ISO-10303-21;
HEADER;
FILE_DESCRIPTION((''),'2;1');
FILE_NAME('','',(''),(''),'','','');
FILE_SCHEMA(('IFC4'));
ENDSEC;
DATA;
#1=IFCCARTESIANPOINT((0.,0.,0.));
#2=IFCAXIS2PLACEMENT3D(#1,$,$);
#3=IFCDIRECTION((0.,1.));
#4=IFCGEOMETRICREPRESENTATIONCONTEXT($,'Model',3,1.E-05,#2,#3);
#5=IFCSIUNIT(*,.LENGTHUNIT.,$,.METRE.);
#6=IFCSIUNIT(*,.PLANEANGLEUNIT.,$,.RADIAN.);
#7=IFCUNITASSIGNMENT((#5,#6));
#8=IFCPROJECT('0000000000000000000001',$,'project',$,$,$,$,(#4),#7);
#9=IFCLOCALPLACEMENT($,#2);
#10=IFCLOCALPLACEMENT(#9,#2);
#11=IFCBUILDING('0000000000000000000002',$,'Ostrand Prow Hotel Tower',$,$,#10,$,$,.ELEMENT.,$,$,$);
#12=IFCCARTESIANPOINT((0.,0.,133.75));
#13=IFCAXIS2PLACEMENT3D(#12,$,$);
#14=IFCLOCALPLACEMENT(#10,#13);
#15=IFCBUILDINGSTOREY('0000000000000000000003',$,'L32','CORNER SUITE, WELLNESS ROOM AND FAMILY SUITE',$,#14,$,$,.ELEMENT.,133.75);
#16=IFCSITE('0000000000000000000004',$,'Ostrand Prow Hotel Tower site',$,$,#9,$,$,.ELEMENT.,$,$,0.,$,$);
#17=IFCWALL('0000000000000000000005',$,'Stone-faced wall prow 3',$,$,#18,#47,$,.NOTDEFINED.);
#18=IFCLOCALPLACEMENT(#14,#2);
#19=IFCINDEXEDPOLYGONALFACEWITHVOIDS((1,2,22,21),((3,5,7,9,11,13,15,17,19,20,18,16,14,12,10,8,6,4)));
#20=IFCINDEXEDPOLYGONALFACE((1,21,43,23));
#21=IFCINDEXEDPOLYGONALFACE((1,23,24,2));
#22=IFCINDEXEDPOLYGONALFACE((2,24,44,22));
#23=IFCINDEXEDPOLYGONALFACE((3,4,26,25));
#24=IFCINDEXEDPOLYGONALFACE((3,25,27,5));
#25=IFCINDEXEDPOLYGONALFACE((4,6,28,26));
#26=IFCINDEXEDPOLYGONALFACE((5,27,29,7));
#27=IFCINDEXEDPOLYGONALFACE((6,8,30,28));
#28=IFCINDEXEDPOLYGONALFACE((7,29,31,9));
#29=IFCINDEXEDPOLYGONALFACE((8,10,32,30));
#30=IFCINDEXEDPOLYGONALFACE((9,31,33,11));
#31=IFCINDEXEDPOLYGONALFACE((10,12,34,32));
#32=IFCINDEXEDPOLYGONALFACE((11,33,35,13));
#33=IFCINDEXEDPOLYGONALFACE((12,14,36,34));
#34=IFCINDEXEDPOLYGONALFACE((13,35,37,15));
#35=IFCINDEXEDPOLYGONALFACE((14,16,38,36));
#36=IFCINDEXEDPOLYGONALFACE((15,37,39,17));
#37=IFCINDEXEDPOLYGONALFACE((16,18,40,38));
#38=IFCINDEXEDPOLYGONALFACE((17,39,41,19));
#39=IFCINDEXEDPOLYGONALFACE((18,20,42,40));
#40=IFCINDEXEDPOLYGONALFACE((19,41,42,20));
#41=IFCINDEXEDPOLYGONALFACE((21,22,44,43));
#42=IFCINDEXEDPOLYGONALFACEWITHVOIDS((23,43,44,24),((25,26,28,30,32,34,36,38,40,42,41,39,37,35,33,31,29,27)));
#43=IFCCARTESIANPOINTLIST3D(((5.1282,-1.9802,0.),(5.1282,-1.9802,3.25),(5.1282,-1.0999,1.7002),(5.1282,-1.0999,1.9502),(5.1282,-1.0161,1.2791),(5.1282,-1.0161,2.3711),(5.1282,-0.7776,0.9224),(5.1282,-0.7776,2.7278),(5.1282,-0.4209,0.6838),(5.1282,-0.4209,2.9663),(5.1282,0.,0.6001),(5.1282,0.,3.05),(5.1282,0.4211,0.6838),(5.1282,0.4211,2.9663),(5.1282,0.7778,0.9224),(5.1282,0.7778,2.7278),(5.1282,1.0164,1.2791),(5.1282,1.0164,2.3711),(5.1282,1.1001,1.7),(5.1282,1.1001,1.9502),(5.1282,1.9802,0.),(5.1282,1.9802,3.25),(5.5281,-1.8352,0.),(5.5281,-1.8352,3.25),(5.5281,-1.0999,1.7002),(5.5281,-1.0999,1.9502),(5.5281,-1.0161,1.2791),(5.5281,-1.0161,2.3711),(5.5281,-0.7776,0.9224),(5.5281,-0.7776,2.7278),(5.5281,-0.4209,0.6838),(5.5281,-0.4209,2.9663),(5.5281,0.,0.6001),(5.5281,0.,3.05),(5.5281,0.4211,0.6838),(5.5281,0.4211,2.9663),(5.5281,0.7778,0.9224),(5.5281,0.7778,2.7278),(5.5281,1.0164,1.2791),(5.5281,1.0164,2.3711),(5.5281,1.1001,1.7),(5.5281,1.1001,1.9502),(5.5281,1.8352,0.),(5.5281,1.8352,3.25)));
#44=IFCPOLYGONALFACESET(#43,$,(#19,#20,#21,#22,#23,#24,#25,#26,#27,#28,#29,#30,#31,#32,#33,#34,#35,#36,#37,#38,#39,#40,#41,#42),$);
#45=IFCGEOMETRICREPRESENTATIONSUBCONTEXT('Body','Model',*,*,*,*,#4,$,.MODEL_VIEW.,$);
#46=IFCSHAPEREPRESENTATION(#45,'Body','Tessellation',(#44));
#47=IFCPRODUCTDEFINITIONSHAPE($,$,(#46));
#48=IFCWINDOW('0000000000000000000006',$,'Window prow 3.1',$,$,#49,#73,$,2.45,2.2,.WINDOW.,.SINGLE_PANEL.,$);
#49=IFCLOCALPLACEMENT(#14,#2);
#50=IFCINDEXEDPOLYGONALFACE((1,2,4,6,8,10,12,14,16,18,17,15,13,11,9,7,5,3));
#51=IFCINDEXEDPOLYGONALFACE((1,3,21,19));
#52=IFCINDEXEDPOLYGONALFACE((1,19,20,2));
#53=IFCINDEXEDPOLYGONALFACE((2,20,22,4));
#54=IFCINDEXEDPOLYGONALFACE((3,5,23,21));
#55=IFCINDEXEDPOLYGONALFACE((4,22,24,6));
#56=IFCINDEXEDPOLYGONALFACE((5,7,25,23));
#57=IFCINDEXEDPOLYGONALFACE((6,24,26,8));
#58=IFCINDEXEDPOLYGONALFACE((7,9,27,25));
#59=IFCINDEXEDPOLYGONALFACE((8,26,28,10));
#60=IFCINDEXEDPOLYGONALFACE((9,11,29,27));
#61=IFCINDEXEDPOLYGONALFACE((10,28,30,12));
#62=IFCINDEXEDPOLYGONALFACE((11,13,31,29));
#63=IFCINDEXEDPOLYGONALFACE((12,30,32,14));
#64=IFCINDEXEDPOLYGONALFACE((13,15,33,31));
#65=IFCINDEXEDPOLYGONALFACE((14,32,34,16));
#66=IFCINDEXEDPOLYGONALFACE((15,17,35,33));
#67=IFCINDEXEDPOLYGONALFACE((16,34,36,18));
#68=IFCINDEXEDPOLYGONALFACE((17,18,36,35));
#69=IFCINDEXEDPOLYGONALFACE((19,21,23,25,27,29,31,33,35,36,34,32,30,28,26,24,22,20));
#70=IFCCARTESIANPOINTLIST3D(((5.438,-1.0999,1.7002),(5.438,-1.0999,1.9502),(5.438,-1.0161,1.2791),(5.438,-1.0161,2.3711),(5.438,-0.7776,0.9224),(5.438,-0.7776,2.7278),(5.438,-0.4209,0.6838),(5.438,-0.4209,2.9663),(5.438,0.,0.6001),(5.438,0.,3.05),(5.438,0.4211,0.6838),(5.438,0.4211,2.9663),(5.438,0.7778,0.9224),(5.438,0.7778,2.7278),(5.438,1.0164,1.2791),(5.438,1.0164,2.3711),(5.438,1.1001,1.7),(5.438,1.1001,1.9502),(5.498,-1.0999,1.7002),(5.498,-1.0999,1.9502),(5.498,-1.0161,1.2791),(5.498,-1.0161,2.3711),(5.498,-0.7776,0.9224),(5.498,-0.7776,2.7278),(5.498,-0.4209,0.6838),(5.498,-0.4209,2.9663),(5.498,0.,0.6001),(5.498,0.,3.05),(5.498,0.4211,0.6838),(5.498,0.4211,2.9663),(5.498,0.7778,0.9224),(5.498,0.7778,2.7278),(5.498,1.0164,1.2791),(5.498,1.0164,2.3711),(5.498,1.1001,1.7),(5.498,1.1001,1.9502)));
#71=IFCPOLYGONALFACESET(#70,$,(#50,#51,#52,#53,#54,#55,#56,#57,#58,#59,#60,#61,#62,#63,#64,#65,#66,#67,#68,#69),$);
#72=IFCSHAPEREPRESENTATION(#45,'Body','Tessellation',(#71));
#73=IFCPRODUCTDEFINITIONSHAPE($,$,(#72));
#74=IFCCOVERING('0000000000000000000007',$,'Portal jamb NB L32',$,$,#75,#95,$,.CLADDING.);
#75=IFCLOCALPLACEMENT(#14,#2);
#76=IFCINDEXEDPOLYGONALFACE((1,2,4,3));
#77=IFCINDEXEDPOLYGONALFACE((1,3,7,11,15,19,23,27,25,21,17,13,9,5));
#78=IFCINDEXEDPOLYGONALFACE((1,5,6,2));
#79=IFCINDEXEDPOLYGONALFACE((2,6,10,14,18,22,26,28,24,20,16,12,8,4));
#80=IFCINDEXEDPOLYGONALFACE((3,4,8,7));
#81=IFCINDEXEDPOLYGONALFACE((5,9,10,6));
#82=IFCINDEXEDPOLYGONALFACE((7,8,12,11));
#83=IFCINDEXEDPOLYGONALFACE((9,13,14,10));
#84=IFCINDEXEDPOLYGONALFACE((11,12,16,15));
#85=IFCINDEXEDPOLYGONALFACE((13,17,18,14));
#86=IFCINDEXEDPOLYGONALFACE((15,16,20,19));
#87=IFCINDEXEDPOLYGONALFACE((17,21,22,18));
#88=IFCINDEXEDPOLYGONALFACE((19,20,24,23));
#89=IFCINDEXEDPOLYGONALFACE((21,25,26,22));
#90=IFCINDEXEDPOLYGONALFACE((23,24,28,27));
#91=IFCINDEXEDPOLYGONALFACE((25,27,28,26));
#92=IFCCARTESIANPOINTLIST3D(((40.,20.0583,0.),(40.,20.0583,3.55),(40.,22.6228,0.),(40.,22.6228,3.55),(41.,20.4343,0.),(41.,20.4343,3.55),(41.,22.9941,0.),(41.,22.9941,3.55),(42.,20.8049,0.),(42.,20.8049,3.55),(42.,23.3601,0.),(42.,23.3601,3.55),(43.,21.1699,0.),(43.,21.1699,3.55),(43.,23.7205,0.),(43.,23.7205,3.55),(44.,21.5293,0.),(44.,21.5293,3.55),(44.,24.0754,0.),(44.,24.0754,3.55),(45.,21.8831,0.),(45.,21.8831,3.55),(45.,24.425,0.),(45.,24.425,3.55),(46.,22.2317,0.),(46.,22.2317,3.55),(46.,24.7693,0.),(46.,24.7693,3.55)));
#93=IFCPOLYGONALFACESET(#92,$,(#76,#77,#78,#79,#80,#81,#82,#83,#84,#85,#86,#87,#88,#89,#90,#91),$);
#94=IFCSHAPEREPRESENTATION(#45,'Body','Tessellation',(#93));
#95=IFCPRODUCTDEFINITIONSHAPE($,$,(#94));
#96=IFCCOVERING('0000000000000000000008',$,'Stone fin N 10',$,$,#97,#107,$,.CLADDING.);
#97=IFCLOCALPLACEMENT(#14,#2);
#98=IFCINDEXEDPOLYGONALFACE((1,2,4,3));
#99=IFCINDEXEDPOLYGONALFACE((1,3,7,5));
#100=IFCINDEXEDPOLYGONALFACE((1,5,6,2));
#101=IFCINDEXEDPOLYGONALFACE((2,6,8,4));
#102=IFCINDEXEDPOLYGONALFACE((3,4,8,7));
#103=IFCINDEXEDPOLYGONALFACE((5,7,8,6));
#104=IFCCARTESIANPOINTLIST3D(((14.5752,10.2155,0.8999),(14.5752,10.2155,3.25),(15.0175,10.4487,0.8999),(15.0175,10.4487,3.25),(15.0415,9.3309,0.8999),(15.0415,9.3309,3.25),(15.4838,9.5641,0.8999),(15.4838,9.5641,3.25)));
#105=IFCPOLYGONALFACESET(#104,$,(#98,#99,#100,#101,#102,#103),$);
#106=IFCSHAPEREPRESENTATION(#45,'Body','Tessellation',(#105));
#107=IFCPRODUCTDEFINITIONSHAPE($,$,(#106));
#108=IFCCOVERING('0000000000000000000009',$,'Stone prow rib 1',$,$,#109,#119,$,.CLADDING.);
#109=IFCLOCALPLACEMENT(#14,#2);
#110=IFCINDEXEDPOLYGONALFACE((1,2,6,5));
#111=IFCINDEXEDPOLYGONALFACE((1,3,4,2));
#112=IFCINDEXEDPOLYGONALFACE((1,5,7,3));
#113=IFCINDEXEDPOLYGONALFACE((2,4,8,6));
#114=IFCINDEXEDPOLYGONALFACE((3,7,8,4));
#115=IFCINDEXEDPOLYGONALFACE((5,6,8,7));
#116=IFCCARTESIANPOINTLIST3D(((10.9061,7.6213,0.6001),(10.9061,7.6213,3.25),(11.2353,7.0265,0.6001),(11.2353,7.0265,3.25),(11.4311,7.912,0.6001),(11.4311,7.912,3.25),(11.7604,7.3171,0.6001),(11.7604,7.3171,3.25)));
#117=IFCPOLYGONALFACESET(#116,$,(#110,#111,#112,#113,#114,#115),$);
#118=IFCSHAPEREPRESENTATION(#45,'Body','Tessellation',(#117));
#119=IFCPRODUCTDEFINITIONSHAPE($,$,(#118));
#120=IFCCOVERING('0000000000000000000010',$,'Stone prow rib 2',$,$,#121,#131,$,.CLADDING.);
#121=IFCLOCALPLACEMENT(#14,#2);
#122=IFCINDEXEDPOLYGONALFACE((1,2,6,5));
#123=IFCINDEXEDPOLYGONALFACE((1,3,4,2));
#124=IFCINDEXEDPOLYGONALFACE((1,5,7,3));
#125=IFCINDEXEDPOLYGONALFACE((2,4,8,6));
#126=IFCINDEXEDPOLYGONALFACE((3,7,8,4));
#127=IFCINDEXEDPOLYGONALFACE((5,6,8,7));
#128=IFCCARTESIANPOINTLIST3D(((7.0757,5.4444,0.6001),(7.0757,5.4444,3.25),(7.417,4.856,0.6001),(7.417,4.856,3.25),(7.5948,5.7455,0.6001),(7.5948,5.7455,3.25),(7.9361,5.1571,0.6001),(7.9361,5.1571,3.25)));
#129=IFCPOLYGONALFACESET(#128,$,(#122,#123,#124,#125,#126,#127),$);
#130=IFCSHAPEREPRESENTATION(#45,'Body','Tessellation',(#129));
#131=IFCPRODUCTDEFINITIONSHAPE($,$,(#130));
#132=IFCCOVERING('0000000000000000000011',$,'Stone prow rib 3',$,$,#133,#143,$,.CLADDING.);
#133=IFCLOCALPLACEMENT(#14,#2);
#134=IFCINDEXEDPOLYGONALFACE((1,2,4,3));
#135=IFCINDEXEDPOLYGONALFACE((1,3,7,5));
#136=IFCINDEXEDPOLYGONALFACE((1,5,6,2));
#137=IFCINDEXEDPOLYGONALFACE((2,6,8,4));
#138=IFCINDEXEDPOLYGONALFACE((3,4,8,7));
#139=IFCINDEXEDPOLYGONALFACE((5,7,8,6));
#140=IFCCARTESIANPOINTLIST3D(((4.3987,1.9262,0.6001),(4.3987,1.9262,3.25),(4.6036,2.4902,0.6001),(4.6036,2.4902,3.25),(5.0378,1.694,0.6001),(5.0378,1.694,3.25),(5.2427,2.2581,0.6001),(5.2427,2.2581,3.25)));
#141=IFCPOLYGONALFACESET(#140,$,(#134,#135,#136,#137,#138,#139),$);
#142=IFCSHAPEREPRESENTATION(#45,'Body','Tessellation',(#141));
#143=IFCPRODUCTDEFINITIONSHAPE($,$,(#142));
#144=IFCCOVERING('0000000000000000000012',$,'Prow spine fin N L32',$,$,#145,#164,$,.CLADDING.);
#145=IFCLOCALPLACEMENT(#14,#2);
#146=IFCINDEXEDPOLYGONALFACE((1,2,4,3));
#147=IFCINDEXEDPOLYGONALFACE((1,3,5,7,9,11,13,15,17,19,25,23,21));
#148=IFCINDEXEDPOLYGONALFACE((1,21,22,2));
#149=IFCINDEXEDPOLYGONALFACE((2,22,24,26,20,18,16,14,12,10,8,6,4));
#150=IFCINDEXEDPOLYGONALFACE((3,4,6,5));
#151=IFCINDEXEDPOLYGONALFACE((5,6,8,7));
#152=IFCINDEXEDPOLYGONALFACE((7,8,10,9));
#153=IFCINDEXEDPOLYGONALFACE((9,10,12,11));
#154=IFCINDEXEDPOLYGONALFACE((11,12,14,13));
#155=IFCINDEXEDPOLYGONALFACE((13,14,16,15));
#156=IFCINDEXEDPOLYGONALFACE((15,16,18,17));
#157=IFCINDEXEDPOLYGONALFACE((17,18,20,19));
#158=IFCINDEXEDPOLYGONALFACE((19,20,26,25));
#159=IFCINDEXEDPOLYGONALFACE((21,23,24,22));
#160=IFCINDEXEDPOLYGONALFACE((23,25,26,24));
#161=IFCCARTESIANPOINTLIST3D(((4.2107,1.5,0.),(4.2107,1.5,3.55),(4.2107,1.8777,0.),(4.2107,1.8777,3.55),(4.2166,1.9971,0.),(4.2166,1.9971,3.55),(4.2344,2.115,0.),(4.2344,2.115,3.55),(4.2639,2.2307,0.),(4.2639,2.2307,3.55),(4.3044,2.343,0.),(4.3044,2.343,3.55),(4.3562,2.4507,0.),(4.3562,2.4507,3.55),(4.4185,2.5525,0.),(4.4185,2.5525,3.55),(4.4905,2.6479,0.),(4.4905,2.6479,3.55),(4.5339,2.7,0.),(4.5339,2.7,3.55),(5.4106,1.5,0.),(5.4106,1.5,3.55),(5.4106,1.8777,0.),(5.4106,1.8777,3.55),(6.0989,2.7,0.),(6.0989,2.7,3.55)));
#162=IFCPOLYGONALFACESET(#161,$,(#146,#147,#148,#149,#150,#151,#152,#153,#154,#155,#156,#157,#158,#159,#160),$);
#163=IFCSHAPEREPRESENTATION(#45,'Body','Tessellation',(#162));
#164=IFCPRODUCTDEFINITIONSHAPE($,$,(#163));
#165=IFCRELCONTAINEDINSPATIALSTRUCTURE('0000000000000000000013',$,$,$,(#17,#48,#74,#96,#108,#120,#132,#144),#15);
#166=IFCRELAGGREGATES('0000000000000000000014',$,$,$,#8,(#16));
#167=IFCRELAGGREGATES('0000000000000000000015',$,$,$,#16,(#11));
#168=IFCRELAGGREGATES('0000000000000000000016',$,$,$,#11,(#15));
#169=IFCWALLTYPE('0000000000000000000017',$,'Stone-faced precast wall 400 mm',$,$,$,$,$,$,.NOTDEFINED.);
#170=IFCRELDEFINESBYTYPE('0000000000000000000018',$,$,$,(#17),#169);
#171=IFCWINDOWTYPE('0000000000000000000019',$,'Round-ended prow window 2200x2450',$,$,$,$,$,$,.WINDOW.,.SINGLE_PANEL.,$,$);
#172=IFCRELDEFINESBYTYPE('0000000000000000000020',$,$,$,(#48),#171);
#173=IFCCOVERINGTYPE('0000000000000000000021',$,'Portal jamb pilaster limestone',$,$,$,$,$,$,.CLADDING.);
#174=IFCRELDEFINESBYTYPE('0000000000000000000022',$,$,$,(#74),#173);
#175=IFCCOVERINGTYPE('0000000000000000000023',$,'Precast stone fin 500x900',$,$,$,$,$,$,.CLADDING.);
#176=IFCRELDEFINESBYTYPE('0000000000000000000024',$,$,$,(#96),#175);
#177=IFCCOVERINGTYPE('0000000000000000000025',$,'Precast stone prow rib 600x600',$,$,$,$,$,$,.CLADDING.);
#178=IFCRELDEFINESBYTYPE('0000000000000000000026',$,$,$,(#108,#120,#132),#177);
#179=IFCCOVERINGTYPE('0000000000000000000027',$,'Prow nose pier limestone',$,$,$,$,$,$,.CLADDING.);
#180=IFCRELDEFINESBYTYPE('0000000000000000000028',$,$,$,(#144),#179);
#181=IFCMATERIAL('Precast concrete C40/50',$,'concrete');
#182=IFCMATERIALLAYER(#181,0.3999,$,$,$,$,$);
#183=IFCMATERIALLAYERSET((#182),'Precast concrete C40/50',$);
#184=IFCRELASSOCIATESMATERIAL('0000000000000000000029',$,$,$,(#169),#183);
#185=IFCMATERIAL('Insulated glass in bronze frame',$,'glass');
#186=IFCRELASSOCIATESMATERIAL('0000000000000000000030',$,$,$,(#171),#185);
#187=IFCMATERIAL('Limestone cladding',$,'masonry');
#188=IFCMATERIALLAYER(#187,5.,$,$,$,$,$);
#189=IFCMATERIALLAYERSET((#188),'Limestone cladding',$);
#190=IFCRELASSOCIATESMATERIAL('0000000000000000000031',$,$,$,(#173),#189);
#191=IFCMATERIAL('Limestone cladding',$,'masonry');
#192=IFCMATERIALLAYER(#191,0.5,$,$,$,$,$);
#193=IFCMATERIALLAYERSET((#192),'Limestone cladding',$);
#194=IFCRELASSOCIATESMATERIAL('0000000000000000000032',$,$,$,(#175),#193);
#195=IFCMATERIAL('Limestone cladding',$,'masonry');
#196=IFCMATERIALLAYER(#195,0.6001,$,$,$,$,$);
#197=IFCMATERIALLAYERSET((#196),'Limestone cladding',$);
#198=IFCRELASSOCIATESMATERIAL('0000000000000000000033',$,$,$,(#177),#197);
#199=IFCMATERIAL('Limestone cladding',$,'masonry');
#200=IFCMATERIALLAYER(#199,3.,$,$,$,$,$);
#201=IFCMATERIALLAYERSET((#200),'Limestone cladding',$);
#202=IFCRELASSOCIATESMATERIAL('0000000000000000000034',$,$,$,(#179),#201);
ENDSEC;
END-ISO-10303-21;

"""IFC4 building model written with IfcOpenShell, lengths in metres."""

from ifc_helpers import new_model, si_unit, direction, frame, frame_2d, origin, place, context, subcontext, project, spatial, polyline, rectangle, outline, extrude, material, layer, layer_set, type_object, element, fill, save


model = new_model("IFC4")

# Units and contexts
model_context = context("Model", 3, precision=1e-05, world=origin(), true_north=direction((0.0, 1.0)))
body_context = subcontext(model_context, "Body", "Model", "MODEL_VIEW")
ifc_project = project(units=[si_unit("LENGTHUNIT", "METRE"), si_unit("PLANEANGLEUNIT", "RADIAN")], contexts=[model_context])

# Site, building, storey
site_placement = place(None, origin())
site = spatial("IfcSite", under=ifc_project, at=site_placement, Name="Ostrand Prow Hotel Tower site", CompositionType="ELEMENT", RefElevation=0.0)
building_placement = place(site_placement, origin())
building = spatial("IfcBuilding", under=site, at=building_placement, Name="Ostrand Prow Hotel Tower", CompositionType="ELEMENT")
storey_placement = place(building_placement, frame((0.0, 0.0, 133.75)))
storey = spatial("IfcBuildingStorey", under=building, at=storey_placement, Name="L32", Description="CORNER SUITE, WELLNESS ROOM AND FAMILY SUITE", CompositionType="ELEMENT", Elevation=133.75)

# Wall, opening, window
ifc_material_1 = material(Name="Precast concrete C40/50", Category="concrete")
ifc_layer_1 = layer(ifc_material_1, 0.3999)
ifc_layer_set_1 = layer_set([ifc_layer_1], Name="Precast concrete C40/50")
wall_type_1 = type_object("IfcWallType", Name="Stone-faced precast wall 400 mm", PredefinedType="NOTDEFINED", material=ifc_layer_set_1)
ifc_material_2 = material(Name="Insulated glass in bronze frame", Category="glass")
window_type = type_object("IfcWindowType", Name="Round-ended prow window 2200x2450", PartitioningType="SINGLE_PANEL", PredefinedType="WINDOW", material=ifc_material_2)
wall_1_placement = place(storey_placement, frame((5.3281, 1.9077, 0.0), z_axis=(0.0, 0.0, 1.0), x_axis=(0.0, -1.0, 0.0)))
wall_1 = element("IfcWall", 1, at=wall_1_placement, inside=storey, type_object=wall_type_1, Name="Stone-faced wall prow 3", PredefinedType="NOTDEFINED", context=body_context, shape_type="SweptSolid", body=[
    extrude(outline(polyline([(-0.0725, -0.2), (3.8879, -0.2), (3.7429, 0.2), (0.0725, 0.2), (-0.0725, -0.2)])), origin(), (0.0, 0.0, 1.0), 3.25),
])
opening_1_placement = place(wall_1_placement, frame((0.8076, 0.0, 0.6001)))
opening_1 = element("IfcOpeningElement", 2, at=opening_1_placement, cuts=wall_1, PredefinedType="OPENING", context=body_context, shape_type="SweptSolid", body=[
    extrude(outline(polyline([(0.0, 1.3501), (0.0837, 1.771), (0.3223, 2.1277), (0.679, 2.3662), (1.1001, 2.45), (1.521, 2.3662), (1.8777, 2.1277), (2.1162, 1.771), (2.2, 1.3501), (2.2, 1.1001), (2.1162, 0.679), (1.8777, 0.3223), (1.521, 0.0837), (1.1001, 0.0), (0.679, 0.0837), (0.3223, 0.3223), (0.0837, 0.679), (0.0, 1.0999), (0.0, 1.3501)])), frame((0.0, 0.21, 0.0), z_axis=(0.0, -1.0, 0.0), x_axis=(1.0, 0.0, 0.0)), (0.0, 0.0, 1.0), 0.4199),
])
window_1_placement = place(opening_1_placement, origin())
window_1 = element("IfcWindow", 3, at=window_1_placement, inside=storey, type_object=window_type, Name="Window prow 3.1", OverallHeight=2.45, OverallWidth=2.2, PartitioningType="SINGLE_PANEL", PredefinedType="WINDOW", context=body_context, shape_type="SweptSolid", body=[
    extrude(outline(polyline([(0.0, 1.3501), (0.0837, 1.771), (0.3223, 2.1277), (0.679, 2.3662), (1.1001, 2.45), (1.521, 2.3662), (1.8777, 2.1277), (2.1162, 1.771), (2.2, 1.3501), (2.2, 1.1001), (2.1162, 0.679), (1.8777, 0.3223), (1.521, 0.0837), (1.1001, 0.0), (0.679, 0.0837), (0.3223, 0.3223), (0.0837, 0.679), (0.0, 1.0999), (0.0, 1.3501)])), frame((0.0, 0.1699, 0.0), z_axis=(0.0, -1.0, 0.0), x_axis=(1.0, 0.0, 0.0)), (0.0, 0.0, 1.0), 0.0601),
])
fill(opening_1, window_1)

# Coverings
ifc_material_3 = material(Name="Limestone cladding", Category="masonry")
ifc_layer_2 = layer(ifc_material_3, 5.0)
ifc_layer_set_2 = layer_set([ifc_layer_2], Name="Limestone cladding")
covering_type_1 = type_object("IfcCoveringType", Name="Portal jamb pilaster limestone", PredefinedType="CLADDING", material=ifc_layer_set_2)
covering_1_placement = place(storey_placement, origin())
element("IfcCovering", 4, at=covering_1_placement, inside=storey, type_object=covering_type_1, Name="Portal jamb NB L32", PredefinedType="CLADDING", context=body_context, shape_type="SweptSolid", body=[
    extrude(outline(polyline([(40.0, 20.0583), (41.0, 20.4343), (42.0, 20.8049), (43.0, 21.1699), (44.0, 21.5293), (45.0, 21.8831), (46.0, 22.2317), (46.0, 24.7693), (45.0, 24.425), (44.0, 24.0754), (43.0, 23.7205), (42.0, 23.3601), (41.0, 22.9941), (40.0, 22.6228), (40.0, 20.0583)])), origin(), (0.0, 0.0, 1.0), 3.55),
])
ifc_material_4 = material(Name="Limestone cladding", Category="masonry")
ifc_layer_3 = layer(ifc_material_4, 0.5)
ifc_layer_set_3 = layer_set([ifc_layer_3], Name="Limestone cladding")
covering_type_2 = type_object("IfcCoveringType", Name="Precast stone fin 500x900", PredefinedType="CLADDING", material=ifc_layer_set_3)
covering_2_placement = place(storey_placement, frame((15.2627, 9.4475, 0.8999), z_axis=(0.0, 0.0, 1.0), x_axis=(-0.46635, 0.8846, 0.0)))
element("IfcCovering", 5, at=covering_2_placement, inside=storey, type_object=covering_type_2, Name="Stone fin N 10", PredefinedType="CLADDING", context=body_context, shape_type="SweptSolid", body=[
    extrude(rectangle(XDim=1.0, YDim=0.5, at=frame_2d((0.5, 0.0))), origin(), (0.0, 0.0, 1.0), 2.3501),
])
ifc_material_5 = material(Name="Limestone cladding", Category="masonry")
ifc_layer_4 = layer(ifc_material_5, 0.6001)
ifc_layer_set_4 = layer_set([ifc_layer_4], Name="Limestone cladding")
covering_type_3 = type_object("IfcCoveringType", Name="Precast stone prow rib 600x600", PredefinedType="CLADDING", material=ifc_layer_set_4)
covering_3_placement = place(storey_placement, frame((11.4978, 7.1719, 0.6001), z_axis=(0.0, 0.0, 1.0), x_axis=(-0.484301, 0.874901, 0.0)))
element("IfcCovering", 6, at=covering_3_placement, inside=storey, type_object=covering_type_3, Name="Stone prow rib 1", PredefinedType="CLADDING", context=body_context, shape_type="SweptSolid", body=[
    extrude(rectangle(XDim=0.6799, YDim=0.6001, at=frame_2d((0.3398, 0.0))), origin(), (0.0, 0.0, 1.0), 2.6499),
])
covering_4_placement = place(storey_placement, frame((7.6765, 5.0066, 0.6001), z_axis=(0.0, 0.0, 1.0), x_axis=(-0.501772, 0.865, 0.0)))
element("IfcCovering", 7, at=covering_4_placement, inside=storey, type_object=covering_type_3, Name="Stone prow rib 2", PredefinedType="CLADDING", context=body_context, shape_type="SweptSolid", body=[
    extrude(rectangle(XDim=0.6802, YDim=0.6001, at=frame_2d((0.3401, 0.0))), origin(), (0.0, 0.0, 1.0), 2.6499),
])
covering_5_placement = place(storey_placement, frame((5.1401, 1.9761, 0.6001), z_axis=(0.0, 0.0, 1.0), x_axis=(-0.939909, 0.341426, 0.0)))
element("IfcCovering", 8, at=covering_5_placement, inside=storey, type_object=covering_type_3, Name="Stone prow rib 3", PredefinedType="CLADDING", context=body_context, shape_type="SweptSolid", body=[
    extrude(rectangle(XDim=0.6799, YDim=0.6001, at=frame_2d((0.3398, 0.0))), origin(), (0.0, 0.0, 1.0), 2.6499),
])
ifc_material_6 = material(Name="Limestone cladding", Category="masonry")
ifc_layer_5 = layer(ifc_material_6, 3.0)
ifc_layer_set_5 = layer_set([ifc_layer_5], Name="Limestone cladding")
covering_type_4 = type_object("IfcCoveringType", Name="Prow nose pier limestone", PredefinedType="CLADDING", material=ifc_layer_set_5)
covering_6_placement = place(storey_placement, origin())
element("IfcCovering", 9, at=covering_6_placement, inside=storey, type_object=covering_type_4, Name="Prow spine fin N L32", PredefinedType="CLADDING", context=body_context, shape_type="SweptSolid", body=[
    extrude(outline(polyline([(4.2107, 1.8777), (4.2107, 1.5), (5.4106, 1.5), (5.4106, 1.8777), (6.0989, 2.7), (4.5339, 2.7), (4.4905, 2.6479), (4.4185, 2.5525), (4.3562, 2.4507), (4.3044, 2.343), (4.2639, 2.2307), (4.2344, 2.115), (4.2166, 1.9971), (4.2107, 1.8777)])), origin(), (0.0, 0.0, 1.0), 3.55),
])

save(model, "model.ifc")
